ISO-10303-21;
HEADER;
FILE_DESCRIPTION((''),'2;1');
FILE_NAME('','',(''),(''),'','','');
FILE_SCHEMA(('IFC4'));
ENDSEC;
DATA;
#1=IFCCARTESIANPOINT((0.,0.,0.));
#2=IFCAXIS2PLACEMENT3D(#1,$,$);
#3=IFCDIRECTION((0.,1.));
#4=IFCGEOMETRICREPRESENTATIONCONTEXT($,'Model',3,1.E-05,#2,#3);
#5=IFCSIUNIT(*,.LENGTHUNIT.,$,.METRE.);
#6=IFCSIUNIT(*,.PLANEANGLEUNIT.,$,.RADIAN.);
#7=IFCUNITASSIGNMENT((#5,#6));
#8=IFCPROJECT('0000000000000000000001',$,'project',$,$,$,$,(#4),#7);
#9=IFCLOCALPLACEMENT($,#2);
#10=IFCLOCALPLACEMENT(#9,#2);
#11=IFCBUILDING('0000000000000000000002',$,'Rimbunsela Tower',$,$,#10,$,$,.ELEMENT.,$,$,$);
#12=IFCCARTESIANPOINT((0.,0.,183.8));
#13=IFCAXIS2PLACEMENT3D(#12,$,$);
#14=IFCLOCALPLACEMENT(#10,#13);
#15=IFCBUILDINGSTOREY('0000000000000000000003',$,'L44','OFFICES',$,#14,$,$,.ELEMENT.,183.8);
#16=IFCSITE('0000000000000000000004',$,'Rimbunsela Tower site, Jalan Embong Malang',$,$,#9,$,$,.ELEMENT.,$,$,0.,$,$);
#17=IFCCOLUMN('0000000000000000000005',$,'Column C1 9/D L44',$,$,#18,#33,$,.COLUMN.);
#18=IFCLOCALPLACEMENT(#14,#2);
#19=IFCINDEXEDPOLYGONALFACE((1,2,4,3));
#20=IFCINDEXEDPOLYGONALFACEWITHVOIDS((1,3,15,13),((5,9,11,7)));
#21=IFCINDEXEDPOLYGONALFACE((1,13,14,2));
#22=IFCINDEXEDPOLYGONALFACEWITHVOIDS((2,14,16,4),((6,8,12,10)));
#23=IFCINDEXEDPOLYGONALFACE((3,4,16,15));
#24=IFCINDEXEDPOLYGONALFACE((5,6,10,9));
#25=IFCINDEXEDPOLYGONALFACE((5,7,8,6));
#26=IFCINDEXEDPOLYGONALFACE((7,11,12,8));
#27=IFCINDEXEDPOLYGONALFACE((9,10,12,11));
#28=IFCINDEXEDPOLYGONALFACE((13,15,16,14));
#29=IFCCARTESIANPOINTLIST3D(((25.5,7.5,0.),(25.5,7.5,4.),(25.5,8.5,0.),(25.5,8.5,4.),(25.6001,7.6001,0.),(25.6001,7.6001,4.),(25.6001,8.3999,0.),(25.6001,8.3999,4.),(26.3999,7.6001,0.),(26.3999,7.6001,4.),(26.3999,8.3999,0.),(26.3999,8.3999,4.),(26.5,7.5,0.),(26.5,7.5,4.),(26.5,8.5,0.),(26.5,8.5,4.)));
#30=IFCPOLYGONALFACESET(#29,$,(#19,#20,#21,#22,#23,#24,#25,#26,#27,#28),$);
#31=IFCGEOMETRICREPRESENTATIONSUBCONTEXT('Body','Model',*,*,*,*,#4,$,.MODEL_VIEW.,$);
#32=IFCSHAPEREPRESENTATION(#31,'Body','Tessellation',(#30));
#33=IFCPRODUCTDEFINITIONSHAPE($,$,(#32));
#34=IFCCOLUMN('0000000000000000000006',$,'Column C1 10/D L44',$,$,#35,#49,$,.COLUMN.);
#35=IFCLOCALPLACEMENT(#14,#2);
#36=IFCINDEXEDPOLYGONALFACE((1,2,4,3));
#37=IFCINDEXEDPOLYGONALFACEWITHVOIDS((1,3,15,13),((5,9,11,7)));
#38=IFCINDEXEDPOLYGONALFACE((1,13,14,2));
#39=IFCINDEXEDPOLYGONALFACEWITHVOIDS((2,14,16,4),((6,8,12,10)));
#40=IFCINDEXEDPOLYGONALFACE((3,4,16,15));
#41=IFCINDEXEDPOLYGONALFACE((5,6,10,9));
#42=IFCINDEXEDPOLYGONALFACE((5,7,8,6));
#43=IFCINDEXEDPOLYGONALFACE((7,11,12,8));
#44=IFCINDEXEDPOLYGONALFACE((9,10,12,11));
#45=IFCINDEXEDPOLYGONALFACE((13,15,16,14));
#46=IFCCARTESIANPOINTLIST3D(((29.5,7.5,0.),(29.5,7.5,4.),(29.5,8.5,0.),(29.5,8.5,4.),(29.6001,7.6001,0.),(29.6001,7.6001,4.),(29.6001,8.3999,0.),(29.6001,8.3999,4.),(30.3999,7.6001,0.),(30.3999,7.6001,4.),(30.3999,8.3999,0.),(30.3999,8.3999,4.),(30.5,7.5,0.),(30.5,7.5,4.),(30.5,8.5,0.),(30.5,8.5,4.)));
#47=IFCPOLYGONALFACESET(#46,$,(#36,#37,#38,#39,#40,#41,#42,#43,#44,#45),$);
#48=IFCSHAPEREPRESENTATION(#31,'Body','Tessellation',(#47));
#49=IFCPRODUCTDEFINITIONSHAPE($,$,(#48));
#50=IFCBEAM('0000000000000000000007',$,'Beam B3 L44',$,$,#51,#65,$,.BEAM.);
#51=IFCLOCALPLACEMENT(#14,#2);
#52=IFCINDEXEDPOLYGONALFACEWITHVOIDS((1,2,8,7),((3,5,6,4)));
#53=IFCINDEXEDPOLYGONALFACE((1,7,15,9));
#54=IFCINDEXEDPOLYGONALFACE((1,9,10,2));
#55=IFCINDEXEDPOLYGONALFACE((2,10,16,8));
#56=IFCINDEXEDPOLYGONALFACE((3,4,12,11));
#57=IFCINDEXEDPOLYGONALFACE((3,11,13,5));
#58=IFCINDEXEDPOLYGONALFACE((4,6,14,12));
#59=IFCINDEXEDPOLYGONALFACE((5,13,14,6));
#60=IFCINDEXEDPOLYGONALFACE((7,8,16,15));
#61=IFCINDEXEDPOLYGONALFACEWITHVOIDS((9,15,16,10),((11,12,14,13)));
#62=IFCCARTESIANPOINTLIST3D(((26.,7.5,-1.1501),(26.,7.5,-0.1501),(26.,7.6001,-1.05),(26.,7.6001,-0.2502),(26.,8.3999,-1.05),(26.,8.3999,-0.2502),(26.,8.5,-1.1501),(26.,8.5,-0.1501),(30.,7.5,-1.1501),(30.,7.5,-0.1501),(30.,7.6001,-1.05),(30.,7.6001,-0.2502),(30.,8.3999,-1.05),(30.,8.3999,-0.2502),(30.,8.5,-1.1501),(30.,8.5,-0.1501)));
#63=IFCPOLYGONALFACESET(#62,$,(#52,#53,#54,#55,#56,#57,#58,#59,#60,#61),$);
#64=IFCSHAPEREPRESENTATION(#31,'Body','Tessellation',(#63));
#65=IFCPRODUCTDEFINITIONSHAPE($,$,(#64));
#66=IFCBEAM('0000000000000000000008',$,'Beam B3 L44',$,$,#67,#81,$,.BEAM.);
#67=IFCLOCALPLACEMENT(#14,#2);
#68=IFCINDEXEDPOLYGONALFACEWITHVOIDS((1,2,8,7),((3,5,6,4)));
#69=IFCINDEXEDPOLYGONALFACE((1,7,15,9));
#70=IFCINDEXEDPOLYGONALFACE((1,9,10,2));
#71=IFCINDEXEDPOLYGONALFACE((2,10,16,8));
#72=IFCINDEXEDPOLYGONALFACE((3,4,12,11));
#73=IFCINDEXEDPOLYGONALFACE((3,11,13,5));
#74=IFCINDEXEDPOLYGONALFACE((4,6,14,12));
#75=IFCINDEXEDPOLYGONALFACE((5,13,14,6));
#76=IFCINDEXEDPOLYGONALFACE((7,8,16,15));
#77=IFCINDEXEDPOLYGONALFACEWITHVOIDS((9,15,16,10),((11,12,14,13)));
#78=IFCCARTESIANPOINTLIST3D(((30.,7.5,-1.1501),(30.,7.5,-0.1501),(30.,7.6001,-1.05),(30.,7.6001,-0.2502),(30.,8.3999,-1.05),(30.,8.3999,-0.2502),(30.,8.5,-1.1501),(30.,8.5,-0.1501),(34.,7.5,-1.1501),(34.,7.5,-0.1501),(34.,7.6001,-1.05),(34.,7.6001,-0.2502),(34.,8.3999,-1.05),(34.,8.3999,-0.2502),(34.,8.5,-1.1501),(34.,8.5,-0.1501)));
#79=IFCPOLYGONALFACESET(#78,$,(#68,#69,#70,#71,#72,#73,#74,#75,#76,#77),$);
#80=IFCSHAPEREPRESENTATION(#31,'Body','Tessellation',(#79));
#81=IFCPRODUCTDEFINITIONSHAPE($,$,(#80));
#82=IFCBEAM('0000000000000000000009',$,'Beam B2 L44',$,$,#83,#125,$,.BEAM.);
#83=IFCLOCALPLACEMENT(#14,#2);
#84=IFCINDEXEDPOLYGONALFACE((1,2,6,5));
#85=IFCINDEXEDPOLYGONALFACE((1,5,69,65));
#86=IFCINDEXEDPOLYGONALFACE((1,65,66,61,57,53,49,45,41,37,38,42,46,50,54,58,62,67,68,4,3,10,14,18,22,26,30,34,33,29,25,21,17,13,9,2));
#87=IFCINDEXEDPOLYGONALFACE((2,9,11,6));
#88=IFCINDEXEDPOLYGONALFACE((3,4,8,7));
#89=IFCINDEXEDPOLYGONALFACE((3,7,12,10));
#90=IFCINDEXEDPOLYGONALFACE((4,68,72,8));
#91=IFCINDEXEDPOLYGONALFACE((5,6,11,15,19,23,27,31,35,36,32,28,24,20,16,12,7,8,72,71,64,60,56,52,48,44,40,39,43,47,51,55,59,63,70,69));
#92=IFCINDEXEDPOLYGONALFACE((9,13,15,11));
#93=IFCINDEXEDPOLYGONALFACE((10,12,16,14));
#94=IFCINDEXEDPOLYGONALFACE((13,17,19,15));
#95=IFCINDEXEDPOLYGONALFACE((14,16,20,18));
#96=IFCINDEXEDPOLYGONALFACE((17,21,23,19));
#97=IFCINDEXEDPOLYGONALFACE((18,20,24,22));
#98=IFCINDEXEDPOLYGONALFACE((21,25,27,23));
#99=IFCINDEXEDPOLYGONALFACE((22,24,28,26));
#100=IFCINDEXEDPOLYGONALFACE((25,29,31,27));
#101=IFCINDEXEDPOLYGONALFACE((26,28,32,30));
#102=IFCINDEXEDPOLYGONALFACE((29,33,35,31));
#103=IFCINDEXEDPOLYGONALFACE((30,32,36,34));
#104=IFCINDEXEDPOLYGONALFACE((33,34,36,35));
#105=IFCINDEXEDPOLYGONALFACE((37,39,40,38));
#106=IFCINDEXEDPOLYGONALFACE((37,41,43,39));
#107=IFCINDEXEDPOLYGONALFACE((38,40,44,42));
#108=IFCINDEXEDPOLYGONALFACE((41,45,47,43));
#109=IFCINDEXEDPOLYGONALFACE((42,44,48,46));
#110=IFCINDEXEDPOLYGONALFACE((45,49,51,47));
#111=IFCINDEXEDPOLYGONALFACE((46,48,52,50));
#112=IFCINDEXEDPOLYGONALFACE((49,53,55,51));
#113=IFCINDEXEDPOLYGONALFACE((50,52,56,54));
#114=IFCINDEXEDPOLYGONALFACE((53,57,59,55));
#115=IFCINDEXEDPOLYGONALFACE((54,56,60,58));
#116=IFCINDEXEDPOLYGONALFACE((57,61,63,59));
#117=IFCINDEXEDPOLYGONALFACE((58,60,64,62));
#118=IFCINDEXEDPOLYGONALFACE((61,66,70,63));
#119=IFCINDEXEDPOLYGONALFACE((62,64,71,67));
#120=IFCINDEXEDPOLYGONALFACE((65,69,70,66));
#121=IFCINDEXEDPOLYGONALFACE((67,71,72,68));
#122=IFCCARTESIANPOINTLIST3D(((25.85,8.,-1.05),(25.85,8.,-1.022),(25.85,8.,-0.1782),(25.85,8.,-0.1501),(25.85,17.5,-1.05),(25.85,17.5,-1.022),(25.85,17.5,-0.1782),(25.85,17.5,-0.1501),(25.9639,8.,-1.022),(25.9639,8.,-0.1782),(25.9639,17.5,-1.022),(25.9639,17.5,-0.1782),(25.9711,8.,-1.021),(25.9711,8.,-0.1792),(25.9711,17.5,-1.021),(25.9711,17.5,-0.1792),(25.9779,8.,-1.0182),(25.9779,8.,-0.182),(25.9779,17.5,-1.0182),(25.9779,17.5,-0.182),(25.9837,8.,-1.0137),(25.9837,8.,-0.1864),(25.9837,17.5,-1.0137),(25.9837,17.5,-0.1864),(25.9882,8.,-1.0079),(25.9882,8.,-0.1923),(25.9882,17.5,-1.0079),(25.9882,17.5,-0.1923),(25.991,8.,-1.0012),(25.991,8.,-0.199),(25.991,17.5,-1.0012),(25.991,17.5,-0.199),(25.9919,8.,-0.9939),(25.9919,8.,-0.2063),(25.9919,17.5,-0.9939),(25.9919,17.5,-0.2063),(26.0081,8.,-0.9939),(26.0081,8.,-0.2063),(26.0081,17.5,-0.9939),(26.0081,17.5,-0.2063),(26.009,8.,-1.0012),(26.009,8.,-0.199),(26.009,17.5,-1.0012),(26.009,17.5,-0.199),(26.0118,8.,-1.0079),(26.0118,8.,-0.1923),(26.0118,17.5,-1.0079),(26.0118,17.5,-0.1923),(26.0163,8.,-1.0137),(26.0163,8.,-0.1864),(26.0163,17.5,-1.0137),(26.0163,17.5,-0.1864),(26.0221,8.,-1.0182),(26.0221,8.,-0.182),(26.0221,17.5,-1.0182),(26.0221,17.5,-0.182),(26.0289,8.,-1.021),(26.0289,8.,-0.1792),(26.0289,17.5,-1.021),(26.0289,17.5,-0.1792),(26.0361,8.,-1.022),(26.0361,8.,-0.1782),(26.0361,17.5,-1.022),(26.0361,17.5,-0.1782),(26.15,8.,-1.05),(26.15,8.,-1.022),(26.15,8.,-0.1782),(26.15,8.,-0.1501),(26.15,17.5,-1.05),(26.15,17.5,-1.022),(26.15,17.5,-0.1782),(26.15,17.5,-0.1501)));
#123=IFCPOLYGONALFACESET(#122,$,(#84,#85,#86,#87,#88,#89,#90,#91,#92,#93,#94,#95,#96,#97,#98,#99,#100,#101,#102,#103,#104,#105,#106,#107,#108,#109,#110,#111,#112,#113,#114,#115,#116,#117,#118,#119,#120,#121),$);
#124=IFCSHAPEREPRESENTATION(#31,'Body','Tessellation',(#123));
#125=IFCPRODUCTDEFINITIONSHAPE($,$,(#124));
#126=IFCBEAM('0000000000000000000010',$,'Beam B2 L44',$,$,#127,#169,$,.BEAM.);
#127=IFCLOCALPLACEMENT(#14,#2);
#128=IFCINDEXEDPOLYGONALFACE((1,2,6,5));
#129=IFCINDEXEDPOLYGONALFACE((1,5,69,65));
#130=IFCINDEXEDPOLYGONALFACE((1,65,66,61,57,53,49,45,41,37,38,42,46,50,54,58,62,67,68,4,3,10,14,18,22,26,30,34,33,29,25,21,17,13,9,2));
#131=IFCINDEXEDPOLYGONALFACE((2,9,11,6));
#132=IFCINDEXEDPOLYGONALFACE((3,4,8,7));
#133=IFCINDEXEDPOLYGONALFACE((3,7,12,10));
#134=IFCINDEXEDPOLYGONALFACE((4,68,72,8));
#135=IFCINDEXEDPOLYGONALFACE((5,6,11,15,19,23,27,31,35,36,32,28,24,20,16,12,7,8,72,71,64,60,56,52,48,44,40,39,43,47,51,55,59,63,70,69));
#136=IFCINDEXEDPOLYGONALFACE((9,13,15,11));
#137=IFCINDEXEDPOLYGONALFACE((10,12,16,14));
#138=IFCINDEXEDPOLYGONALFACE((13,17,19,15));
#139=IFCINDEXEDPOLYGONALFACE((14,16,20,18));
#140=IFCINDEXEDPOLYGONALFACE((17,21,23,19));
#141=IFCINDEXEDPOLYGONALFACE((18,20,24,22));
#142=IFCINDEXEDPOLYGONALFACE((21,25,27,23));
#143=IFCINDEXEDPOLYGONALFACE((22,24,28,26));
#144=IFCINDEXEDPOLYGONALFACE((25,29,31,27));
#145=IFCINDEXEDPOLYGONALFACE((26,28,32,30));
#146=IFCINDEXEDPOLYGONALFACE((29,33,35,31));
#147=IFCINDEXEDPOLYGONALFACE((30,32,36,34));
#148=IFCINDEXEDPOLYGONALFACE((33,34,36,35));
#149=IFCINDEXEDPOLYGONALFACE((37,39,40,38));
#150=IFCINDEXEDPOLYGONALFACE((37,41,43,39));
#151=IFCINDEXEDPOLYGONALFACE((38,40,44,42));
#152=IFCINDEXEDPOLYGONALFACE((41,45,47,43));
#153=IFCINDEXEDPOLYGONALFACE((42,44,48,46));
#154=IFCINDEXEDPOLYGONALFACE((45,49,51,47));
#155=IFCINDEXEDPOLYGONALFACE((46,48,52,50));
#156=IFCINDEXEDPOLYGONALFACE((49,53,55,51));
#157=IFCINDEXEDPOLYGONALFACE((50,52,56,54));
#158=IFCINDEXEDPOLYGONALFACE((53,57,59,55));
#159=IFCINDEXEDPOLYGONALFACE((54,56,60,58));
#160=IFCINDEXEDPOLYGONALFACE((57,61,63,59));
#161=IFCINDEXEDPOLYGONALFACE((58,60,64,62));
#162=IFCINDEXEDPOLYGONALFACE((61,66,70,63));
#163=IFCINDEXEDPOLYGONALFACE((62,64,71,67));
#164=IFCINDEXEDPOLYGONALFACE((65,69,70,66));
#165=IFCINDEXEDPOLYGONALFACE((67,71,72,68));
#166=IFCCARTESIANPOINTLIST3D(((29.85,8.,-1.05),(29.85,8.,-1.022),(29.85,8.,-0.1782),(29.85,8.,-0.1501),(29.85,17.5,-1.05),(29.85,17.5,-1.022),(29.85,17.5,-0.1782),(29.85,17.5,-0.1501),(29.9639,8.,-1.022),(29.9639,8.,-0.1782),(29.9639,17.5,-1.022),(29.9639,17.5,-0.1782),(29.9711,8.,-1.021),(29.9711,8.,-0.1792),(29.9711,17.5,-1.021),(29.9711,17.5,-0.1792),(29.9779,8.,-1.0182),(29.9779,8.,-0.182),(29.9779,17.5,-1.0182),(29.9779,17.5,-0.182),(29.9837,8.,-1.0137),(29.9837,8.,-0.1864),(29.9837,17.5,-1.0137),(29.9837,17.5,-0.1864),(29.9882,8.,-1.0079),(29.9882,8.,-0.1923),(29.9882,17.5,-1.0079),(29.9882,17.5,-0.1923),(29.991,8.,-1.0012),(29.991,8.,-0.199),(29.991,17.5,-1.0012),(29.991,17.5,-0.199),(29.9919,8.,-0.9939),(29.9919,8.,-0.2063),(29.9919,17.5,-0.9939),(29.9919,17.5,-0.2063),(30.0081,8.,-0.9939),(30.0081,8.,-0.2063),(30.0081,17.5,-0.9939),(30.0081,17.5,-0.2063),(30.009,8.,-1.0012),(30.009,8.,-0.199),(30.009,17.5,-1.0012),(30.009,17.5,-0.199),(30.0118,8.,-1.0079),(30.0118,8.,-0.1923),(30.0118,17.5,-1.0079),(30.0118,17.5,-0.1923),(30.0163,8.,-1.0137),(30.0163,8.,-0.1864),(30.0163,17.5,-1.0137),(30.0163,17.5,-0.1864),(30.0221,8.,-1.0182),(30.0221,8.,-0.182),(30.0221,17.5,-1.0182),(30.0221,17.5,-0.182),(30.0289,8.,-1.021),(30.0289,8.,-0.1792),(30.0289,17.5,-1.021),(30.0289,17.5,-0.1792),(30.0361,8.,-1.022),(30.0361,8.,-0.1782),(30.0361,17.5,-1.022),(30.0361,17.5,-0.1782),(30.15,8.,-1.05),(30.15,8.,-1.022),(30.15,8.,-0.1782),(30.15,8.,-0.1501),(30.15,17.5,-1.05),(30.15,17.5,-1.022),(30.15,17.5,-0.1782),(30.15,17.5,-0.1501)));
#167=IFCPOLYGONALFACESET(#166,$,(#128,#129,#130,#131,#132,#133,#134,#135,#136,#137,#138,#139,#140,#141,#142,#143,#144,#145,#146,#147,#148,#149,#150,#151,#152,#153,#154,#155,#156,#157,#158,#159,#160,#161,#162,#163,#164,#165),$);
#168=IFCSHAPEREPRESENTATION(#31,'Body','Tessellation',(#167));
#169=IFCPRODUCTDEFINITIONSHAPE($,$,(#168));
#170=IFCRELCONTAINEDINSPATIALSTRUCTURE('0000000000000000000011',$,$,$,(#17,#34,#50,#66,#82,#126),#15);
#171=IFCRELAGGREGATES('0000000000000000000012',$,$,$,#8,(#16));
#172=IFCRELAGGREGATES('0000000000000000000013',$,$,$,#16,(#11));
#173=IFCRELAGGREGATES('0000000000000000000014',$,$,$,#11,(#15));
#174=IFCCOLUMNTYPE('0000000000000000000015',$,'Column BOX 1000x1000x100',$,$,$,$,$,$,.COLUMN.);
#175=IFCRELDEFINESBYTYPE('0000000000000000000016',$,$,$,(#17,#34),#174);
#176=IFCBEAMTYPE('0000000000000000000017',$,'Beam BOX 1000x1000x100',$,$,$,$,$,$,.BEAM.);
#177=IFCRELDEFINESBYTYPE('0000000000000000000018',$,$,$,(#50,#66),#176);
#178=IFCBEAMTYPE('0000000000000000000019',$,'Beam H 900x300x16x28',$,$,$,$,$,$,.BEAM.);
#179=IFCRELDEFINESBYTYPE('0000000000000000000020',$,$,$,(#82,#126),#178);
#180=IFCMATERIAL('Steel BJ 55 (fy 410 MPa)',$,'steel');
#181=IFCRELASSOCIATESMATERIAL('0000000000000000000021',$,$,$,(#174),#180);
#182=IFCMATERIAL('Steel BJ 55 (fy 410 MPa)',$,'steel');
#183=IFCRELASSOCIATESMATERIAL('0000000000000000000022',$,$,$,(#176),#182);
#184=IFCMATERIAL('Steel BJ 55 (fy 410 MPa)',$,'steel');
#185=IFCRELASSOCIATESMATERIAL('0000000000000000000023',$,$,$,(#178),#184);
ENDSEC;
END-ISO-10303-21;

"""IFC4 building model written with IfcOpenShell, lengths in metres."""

from ifc_helpers import new_model, si_unit, direction, frame, origin, origin_2d, place, context, subcontext, project, spatial, hollow_rectangle, i_section, extrude, material, material_profile, profile_set, type_object, element, save


model = new_model("IFC4")

# Units and contexts
model_context = context("Model", 3, precision=1e-05, world=origin(), true_north=direction((0.0, 1.0)))
body_context = subcontext(model_context, "Body", "Model", "MODEL_VIEW")
ifc_project = project(units=[si_unit("LENGTHUNIT", "METRE"), si_unit("PLANEANGLEUNIT", "RADIAN")], contexts=[model_context])

# Site, building, storey
site_placement = place(None, origin())
site = spatial("IfcSite", under=ifc_project, at=site_placement, Name="Rimbunsela Tower site, Jalan Embong Malang", CompositionType="ELEMENT", RefElevation=0.0)
building_placement = place(site_placement, origin())
building = spatial("IfcBuilding", under=site, at=building_placement, Name="Rimbunsela Tower", CompositionType="ELEMENT")
storey_placement = place(building_placement, frame((0.0, 0.0, 183.8)))
storey = spatial("IfcBuildingStorey", under=building, at=storey_placement, Name="L44", Description="OFFICES", CompositionType="ELEMENT", Elevation=183.8)

# Columns
ifc_material_1 = material(Name="Steel BJ 55 (fy 410 MPa)", Category="steel")
ifc_material_profile_1 = material_profile(ifc_material_1, hollow_rectangle(XDim=1.0, YDim=1.0, WallThickness=0.1001, at=origin_2d()), Name="BOX 1000x1000x100")
ifc_profile_set_1 = profile_set([ifc_material_profile_1], Name="Steel BJ 55 (fy 410 MPa)")
column_type = type_object("IfcColumnType", Name="Column BOX 1000x1000x100", PredefinedType="COLUMN", material=ifc_profile_set_1)
for number, where, z_axis, x_axis, name in (
    (1, (26.0, 8.0, 0.0), (0.0, 0.0, 1.0), (1.0, 0.0, 0.0), "Column C1 9/D L44"),
    (2, (30.0, 8.0, 0.0), (0.0, 0.0, 1.0), (1.0, 0.0, 0.0), "Column C1 10/D L44"),
):
    element("IfcColumn", number, at=place(storey_placement, frame(where, z_axis=z_axis, x_axis=x_axis)), inside=storey, type_object=column_type, Name=name, PredefinedType="COLUMN", context=body_context, shape_type="SweptSolid", body=[
        extrude(hollow_rectangle(XDim=1.0, YDim=1.0, WallThickness=0.1001, at=origin_2d()), origin(), (0.0, 0.0, 1.0), 4.0),
    ])

# Beams
ifc_material_2 = material(Name="Steel BJ 55 (fy 410 MPa)", Category="steel")
ifc_material_profile_2 = material_profile(ifc_material_2, hollow_rectangle(XDim=1.0, YDim=1.0, WallThickness=0.1001, at=origin_2d()), Name="BOX 1000x1000x100")
ifc_profile_set_2 = profile_set([ifc_material_profile_2], Name="Steel BJ 55 (fy 410 MPa)")
beam_type_1 = type_object("IfcBeamType", Name="Beam BOX 1000x1000x100", PredefinedType="BEAM", material=ifc_profile_set_2)
for number, where, z_axis, x_axis, name in (
    (3, (26.0, 8.0, -0.6501), (1.0, 0.0, 0.0), (0.0, 1.0, 0.0), "Beam B3 L44"),
    (4, (30.0, 8.0, -0.6501), (1.0, 0.0, 0.0), (0.0, 1.0, 0.0), "Beam B3 L44"),
):
    element("IfcBeam", number, at=place(storey_placement, frame(where, z_axis=z_axis, x_axis=x_axis)), inside=storey, type_object=beam_type_1, Name=name, PredefinedType="BEAM", context=body_context, shape_type="SweptSolid", body=[
        extrude(hollow_rectangle(XDim=1.0, YDim=1.0, WallThickness=0.1001, at=origin_2d()), origin(), (0.0, 0.0, 1.0), 4.0),
    ])
ifc_material_3 = material(Name="Steel BJ 55 (fy 410 MPa)", Category="steel")
ifc_material_profile_3 = material_profile(ifc_material_3, i_section(OverallWidth=0.3, OverallDepth=0.8999, WebThickness=0.0161, FlangeThickness=0.0281, FilletRadius=0.0281, at=origin_2d()), Name="H 900x300x16x28")
ifc_profile_set_3 = profile_set([ifc_material_profile_3], Name="Steel BJ 55 (fy 410 MPa)")
beam_type_2 = type_object("IfcBeamType", Name="Beam H 900x300x16x28", PredefinedType="BEAM", material=ifc_profile_set_3)
for number, where, z_axis, x_axis, name in (
    (5, (26.0, 8.0, -0.6001), (0.0, 1.0, 0.0), (-1.0, 0.0, 0.0), "Beam B2 L44"),
    (6, (30.0, 8.0, -0.6001), (0.0, 1.0, 0.0), (-1.0, 0.0, 0.0), "Beam B2 L44"),
):
    element("IfcBeam", number, at=place(storey_placement, frame(where, z_axis=z_axis, x_axis=x_axis)), inside=storey, type_object=beam_type_2, Name=name, PredefinedType="BEAM", context=body_context, shape_type="SweptSolid", body=[
        extrude(i_section(OverallWidth=0.3, OverallDepth=0.8999, WebThickness=0.0161, FlangeThickness=0.0281, FilletRadius=0.0281, at=origin_2d()), origin(), (0.0, 0.0, 1.0), 9.5),
    ])

save(model, "model.ifc")
